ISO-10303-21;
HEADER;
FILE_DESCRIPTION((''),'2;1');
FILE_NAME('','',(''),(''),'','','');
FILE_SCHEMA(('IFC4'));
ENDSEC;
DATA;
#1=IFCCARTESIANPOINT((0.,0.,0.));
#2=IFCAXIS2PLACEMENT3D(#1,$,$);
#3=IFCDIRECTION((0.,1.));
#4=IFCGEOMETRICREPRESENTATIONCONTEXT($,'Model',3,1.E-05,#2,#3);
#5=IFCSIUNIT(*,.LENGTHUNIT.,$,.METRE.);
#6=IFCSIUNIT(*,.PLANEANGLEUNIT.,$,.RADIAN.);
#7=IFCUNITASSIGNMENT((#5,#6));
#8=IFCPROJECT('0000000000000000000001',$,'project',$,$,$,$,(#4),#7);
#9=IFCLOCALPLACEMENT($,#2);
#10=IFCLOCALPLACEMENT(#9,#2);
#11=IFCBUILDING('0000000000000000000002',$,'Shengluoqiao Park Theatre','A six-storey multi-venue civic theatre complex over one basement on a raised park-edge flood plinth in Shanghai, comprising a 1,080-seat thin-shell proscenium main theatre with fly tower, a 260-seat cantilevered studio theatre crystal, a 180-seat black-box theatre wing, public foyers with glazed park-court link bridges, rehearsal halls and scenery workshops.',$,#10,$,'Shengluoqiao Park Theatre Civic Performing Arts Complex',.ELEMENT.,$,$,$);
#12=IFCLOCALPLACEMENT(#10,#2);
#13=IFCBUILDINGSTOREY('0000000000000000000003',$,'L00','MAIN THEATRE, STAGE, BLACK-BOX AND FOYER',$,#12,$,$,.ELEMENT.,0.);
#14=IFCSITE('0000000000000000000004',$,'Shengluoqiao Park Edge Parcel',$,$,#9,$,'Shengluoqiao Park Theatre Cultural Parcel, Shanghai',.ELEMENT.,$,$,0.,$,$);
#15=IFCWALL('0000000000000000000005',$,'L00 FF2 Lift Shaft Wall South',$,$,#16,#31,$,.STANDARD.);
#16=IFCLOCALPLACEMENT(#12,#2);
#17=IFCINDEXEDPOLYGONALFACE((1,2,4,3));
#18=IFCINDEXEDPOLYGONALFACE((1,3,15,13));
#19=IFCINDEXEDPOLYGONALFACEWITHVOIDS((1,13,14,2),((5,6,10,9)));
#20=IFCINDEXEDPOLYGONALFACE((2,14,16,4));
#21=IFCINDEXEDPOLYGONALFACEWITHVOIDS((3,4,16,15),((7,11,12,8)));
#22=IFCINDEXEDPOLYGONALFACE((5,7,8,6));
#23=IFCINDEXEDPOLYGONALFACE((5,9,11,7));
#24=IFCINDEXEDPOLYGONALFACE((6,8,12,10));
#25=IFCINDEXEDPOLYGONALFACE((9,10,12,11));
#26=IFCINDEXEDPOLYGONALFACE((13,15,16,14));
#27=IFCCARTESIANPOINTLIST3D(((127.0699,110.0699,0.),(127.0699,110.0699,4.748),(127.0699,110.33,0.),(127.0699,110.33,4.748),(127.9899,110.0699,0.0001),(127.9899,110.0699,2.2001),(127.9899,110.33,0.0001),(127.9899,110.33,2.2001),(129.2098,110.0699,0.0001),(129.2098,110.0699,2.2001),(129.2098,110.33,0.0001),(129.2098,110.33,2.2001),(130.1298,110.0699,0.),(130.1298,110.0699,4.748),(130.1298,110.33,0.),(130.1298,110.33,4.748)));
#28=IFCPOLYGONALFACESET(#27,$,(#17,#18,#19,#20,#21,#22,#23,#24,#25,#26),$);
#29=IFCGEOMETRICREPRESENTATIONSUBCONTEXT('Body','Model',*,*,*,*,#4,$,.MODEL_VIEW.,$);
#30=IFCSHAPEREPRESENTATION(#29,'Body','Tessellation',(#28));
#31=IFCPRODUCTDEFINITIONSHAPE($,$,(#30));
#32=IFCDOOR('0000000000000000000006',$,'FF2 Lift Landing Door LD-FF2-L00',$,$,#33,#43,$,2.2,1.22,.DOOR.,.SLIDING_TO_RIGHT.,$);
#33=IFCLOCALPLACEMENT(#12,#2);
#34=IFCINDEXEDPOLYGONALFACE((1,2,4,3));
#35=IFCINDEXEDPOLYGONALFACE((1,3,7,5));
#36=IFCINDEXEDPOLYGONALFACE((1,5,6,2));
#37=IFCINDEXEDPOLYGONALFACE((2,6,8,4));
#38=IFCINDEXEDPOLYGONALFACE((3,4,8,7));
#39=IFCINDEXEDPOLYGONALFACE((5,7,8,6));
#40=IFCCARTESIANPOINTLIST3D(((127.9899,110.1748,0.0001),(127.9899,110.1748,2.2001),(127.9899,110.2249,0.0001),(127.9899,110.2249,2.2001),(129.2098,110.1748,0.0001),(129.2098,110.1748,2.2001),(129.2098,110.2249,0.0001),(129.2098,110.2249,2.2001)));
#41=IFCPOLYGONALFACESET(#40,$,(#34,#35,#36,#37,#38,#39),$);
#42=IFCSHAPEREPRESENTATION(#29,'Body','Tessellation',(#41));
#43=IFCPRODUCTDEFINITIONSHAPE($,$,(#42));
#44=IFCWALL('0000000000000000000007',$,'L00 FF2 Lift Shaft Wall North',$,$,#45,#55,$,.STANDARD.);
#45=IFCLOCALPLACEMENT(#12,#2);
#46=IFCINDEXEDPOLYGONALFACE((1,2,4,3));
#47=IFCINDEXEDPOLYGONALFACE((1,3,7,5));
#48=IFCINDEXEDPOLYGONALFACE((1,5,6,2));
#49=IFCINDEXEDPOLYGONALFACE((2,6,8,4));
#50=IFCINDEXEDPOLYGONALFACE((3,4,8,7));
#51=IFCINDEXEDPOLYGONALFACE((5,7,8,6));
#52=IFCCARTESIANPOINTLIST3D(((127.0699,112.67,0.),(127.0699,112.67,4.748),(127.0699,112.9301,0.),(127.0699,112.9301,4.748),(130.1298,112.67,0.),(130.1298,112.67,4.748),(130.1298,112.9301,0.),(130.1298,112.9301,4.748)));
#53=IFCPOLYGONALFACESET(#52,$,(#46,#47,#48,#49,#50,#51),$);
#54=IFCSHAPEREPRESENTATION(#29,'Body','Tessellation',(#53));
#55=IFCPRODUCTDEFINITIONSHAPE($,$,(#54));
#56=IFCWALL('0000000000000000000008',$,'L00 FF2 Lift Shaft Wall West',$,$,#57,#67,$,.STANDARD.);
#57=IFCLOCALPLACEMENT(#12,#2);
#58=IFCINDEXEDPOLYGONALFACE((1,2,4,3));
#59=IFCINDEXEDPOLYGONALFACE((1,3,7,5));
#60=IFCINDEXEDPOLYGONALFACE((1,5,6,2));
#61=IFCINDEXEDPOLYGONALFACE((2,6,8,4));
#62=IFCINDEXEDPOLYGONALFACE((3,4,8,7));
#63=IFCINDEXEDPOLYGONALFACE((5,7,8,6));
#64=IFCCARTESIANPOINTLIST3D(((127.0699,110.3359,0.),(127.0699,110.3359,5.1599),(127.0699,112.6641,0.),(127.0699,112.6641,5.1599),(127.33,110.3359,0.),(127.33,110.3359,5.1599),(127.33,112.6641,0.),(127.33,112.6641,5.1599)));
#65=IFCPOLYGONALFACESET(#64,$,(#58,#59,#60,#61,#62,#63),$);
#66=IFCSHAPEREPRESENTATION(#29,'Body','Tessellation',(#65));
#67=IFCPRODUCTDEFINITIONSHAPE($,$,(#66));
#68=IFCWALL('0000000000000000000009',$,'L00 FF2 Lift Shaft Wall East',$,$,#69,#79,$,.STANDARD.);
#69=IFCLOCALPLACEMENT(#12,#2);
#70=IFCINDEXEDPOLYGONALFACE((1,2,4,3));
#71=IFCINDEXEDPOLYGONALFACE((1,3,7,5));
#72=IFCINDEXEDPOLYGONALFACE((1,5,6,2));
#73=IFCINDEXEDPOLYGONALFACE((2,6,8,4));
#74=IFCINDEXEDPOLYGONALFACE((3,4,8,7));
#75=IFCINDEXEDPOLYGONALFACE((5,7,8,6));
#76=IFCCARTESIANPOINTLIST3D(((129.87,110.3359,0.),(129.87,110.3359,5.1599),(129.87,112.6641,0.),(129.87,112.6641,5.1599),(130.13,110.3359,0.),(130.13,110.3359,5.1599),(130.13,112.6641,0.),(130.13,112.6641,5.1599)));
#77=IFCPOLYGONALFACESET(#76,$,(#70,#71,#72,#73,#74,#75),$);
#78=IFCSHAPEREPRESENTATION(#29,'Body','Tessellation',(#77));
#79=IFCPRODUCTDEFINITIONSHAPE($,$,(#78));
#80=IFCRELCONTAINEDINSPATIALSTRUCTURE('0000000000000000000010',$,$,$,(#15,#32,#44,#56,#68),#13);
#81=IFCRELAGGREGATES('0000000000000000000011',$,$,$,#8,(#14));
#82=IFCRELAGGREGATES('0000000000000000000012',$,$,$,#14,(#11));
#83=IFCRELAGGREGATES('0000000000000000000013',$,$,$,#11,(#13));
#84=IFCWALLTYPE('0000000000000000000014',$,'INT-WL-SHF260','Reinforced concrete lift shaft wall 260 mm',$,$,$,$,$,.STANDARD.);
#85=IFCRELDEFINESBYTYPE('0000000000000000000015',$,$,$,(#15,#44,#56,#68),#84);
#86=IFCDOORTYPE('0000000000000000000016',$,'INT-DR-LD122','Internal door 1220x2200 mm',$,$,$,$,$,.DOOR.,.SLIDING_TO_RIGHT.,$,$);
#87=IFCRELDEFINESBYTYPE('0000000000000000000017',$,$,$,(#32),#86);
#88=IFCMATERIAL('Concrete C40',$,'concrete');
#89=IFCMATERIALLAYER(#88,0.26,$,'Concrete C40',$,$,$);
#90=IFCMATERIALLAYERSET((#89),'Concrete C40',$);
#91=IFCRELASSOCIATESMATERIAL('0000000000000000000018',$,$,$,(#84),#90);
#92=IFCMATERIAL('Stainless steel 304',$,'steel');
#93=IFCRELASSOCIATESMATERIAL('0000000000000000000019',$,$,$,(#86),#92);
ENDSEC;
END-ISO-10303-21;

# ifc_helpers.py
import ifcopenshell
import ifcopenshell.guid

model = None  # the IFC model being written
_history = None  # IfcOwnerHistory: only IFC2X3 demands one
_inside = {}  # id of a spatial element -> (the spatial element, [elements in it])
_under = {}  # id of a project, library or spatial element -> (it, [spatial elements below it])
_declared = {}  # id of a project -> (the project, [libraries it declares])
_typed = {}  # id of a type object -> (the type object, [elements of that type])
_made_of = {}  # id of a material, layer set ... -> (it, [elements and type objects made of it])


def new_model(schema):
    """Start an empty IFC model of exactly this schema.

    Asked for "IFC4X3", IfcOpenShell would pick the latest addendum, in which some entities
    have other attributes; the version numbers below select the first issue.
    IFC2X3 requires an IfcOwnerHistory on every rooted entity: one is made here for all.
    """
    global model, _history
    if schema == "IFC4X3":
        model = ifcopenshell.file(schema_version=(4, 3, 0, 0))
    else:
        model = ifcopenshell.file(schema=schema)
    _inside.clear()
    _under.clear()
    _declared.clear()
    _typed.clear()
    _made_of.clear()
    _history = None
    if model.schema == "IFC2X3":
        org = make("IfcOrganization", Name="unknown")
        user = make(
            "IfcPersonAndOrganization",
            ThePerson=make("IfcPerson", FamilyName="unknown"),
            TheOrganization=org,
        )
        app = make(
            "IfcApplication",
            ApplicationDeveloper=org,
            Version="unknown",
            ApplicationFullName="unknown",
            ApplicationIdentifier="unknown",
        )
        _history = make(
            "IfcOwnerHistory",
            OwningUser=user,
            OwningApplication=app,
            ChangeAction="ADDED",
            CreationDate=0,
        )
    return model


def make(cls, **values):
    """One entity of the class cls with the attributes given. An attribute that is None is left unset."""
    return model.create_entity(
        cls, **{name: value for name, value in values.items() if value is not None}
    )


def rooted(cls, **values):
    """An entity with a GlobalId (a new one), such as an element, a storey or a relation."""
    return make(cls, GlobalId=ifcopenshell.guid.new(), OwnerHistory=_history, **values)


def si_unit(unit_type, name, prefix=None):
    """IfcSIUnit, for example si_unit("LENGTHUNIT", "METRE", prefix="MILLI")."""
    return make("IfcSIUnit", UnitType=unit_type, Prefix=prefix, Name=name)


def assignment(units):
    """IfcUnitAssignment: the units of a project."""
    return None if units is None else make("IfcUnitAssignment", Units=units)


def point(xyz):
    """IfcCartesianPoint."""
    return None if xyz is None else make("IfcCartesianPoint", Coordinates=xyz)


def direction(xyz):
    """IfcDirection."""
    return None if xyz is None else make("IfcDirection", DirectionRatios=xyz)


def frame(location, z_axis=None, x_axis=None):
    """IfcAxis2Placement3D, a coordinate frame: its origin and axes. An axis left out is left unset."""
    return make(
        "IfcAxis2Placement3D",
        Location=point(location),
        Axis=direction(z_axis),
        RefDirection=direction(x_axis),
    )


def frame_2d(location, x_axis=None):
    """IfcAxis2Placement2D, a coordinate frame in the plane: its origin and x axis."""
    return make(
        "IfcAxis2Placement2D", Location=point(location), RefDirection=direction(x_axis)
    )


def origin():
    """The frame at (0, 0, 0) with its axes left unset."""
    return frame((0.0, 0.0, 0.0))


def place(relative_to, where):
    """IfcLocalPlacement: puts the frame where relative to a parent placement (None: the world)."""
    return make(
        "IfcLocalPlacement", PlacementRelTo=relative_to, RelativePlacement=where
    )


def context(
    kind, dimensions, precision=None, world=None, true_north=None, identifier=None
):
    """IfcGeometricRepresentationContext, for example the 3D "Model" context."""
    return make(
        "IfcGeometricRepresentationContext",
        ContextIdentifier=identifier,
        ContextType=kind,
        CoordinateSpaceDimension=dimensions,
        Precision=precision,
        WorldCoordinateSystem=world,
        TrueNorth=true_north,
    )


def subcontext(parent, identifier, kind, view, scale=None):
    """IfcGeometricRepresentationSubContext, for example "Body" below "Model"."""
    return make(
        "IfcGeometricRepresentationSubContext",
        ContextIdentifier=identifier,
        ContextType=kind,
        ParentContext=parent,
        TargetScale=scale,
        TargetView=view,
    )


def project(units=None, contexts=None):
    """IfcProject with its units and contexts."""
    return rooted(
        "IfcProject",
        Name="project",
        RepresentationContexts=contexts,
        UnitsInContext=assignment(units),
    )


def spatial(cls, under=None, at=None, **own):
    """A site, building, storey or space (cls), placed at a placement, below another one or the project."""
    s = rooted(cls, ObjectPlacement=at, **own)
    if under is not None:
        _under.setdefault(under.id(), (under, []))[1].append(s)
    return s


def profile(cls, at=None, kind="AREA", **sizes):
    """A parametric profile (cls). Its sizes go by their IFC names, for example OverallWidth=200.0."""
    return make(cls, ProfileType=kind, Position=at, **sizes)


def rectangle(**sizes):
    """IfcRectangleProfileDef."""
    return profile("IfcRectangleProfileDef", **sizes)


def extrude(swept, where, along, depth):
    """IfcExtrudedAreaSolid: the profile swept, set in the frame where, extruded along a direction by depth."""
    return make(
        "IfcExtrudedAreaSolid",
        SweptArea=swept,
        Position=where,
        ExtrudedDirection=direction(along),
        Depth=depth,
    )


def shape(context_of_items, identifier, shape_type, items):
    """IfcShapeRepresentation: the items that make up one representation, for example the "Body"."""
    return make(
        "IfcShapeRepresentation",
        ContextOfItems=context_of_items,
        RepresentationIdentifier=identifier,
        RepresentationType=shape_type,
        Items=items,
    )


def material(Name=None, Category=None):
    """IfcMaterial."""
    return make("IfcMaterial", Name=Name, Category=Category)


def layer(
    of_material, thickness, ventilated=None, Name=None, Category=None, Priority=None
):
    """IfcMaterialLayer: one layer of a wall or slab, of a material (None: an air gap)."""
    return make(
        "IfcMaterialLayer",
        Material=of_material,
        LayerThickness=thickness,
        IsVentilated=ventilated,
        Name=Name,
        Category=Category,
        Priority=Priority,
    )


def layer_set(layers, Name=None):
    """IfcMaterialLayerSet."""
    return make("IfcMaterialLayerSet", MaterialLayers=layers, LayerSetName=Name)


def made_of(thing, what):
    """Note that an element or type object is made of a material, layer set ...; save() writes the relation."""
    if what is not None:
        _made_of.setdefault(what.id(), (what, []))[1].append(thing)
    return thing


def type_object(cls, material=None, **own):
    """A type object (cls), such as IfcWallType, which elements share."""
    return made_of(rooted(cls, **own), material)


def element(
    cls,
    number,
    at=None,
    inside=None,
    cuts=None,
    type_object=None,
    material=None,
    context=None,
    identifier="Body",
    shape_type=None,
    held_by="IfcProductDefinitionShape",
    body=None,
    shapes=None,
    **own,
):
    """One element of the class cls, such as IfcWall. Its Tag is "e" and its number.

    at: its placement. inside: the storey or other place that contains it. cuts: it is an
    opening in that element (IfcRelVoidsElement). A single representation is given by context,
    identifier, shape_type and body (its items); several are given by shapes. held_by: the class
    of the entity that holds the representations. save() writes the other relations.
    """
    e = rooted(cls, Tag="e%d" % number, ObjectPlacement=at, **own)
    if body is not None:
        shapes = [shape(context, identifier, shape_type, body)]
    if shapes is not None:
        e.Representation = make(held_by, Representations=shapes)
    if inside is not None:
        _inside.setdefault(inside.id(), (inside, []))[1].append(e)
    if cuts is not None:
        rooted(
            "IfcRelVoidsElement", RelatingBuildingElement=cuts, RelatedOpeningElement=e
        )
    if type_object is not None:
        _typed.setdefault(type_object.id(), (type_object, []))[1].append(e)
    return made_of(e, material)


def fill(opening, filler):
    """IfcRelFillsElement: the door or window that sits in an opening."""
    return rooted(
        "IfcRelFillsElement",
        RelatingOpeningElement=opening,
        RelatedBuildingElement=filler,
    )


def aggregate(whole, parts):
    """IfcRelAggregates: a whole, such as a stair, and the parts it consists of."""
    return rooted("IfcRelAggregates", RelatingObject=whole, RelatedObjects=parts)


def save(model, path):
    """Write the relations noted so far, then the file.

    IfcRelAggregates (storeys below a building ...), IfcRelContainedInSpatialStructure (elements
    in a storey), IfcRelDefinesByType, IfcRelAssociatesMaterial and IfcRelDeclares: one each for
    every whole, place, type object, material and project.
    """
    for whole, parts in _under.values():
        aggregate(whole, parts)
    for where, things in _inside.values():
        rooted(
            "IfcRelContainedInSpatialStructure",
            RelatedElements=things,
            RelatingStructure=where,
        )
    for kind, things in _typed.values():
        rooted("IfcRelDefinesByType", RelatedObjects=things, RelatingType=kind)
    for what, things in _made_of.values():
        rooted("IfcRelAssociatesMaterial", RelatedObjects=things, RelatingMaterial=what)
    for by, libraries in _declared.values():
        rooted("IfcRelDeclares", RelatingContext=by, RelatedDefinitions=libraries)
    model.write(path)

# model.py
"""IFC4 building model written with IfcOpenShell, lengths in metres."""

from ifc_helpers import new_model, si_unit, direction, frame, frame_2d, origin, place, context, subcontext, project, spatial, rectangle, extrude, material, layer, layer_set, type_object, element, fill, save


model = new_model("IFC4")

# Units and contexts
model_context = context("Model", 3, precision=1e-05, world=origin(), true_north=direction((0.0, 1.0)))
body_context = subcontext(model_context, "Body", "Model", "MODEL_VIEW")
ifc_project = project(units=[si_unit("LENGTHUNIT", "METRE"), si_unit("PLANEANGLEUNIT", "RADIAN")], contexts=[model_context])

# Site, building, storey
site_placement = place(None, origin())
site = spatial("IfcSite", under=ifc_project, at=site_placement, Name="Shengluoqiao Park Edge Parcel", LongName="Shengluoqiao Park Theatre Cultural Parcel, Shanghai", CompositionType="ELEMENT", RefElevation=0.0)
building_placement = place(site_placement, origin())
building = spatial("IfcBuilding", under=site, at=building_placement, Name="Shengluoqiao Park Theatre", Description="A six-storey multi-venue civic theatre complex over one basement on a raised park-edge flood plinth in Shanghai, comprising a 1,080-seat thin-shell proscenium main theatre with fly tower, a 260-seat cantilevered studio theatre crystal, a 180-seat black-box theatre wing, public foyers with glazed park-court link bridges, rehearsal halls and scenery workshops.", LongName="Shengluoqiao Park Theatre Civic Performing Arts Complex", CompositionType="ELEMENT")
storey_placement = place(building_placement, origin())
storey = spatial("IfcBuildingStorey", under=building, at=storey_placement, Name="L00", Description="MAIN THEATRE, STAGE, BLACK-BOX AND FOYER", CompositionType="ELEMENT", Elevation=0.0)

# Shared definitions
ifc_material_1 = material(Name="Concrete C40", Category="concrete")

# Wall, opening, door
ifc_layer_1 = layer(ifc_material_1, 0.26, Name="Concrete C40")
ifc_layer_set_1 = layer_set([ifc_layer_1], Name="Concrete C40")
wall_type_1 = type_object("IfcWallType", Name="INT-WL-SHF260", Description="Reinforced concrete lift shaft wall 260 mm", PredefinedType="STANDARD", material=ifc_layer_set_1)
wall_1_placement = place(storey_placement, frame((127.0701, 110.2, 0.0), z_axis=(0.0, 0.0, 1.0), x_axis=(1.0, 0.0, 0.0)))
wall_1 = element("IfcWall", 1, at=wall_1_placement, inside=storey, type_object=wall_type_1, Name="L00 FF2 Lift Shaft Wall South", PredefinedType="STANDARD", context=body_context, shape_type="SweptSolid", body=[
    extrude(rectangle(XDim=3.0598, YDim=0.26, at=frame_2d((1.5298, 0.0))), origin(), (0.0, 0.0, 1.0), 4.748),
])
opening_1_placement = place(wall_1_placement, frame((0.9199, 0.0, 0.0)))
opening_1 = element("IfcOpeningElement", 2, at=opening_1_placement, cuts=wall_1, PredefinedType="OPENING", context=body_context, shape_type="SweptSolid", body=[
    extrude(rectangle(XDim=1.22, YDim=2.2, at=frame_2d((0.6099, 1.1001))), frame((0.0, 0.1399, 0.0), z_axis=(0.0, -1.0, 0.0), x_axis=(1.0, 0.0, 0.0)), (0.0, 0.0, 1.0), 0.28),
])
ifc_material_2 = material(Name="Stainless steel 304", Category="steel")
door_type_1 = type_object("IfcDoorType", Name="INT-DR-LD122", Description="Internal door 1220x2200 mm", OperationType="SLIDING_TO_RIGHT", PredefinedType="DOOR", material=ifc_material_2)
door_1_placement = place(opening_1_placement, origin())
door_1 = element("IfcDoor", 3, at=door_1_placement, inside=storey, type_object=door_type_1, Name="FF2 Lift Landing Door LD-FF2-L00", OperationType="SLIDING_TO_RIGHT", OverallHeight=2.2, OverallWidth=1.22, PredefinedType="DOOR", context=body_context, shape_type="SweptSolid", body=[
    extrude(rectangle(XDim=1.22, YDim=2.2, at=frame_2d((0.6099, 1.1001))), frame((0.0, 0.0249, 0.0), z_axis=(0.0, -1.0, 0.0), x_axis=(1.0, 0.0, 0.0)), (0.0, 0.0, 1.0), 0.05),
])
fill(opening_1, door_1)

# Walls
wall_2_placement = place(storey_placement, frame((127.0701, 112.8, 0.0), z_axis=(0.0, 0.0, 1.0), x_axis=(1.0, 0.0, 0.0)))
element("IfcWall", 4, at=wall_2_placement, inside=storey, type_object=wall_type_1, Name="L00 FF2 Lift Shaft Wall North", PredefinedType="STANDARD", context=body_context, shape_type="SweptSolid", body=[
    extrude(rectangle(XDim=3.0598, YDim=0.26, at=frame_2d((1.5298, 0.0))), origin(), (0.0, 0.0, 1.0), 4.748),
])
for number, where, z_axis, x_axis, name in (
    (5, (127.2, 110.3359, 0.0), (0.0, 0.0, 1.0), (0.0, 1.0, 0.0), "L00 FF2 Lift Shaft Wall West"),
    (6, (130.0, 110.3359, 0.0), (0.0, 0.0, 1.0), (0.0, 1.0, 0.0), "L00 FF2 Lift Shaft Wall East"),
):
    element("IfcWall", number, at=place(storey_placement, frame(where, z_axis=z_axis, x_axis=x_axis)), inside=storey, type_object=wall_type_1, Name=name, PredefinedType="STANDARD", context=body_context, shape_type="SweptSolid", body=[
        extrude(rectangle(XDim=2.3281, YDim=0.26, at=frame_2d((1.1641, 0.0))), origin(), (0.0, 0.0, 1.0), 5.1599),
    ])

save(model, "model.ifc")
